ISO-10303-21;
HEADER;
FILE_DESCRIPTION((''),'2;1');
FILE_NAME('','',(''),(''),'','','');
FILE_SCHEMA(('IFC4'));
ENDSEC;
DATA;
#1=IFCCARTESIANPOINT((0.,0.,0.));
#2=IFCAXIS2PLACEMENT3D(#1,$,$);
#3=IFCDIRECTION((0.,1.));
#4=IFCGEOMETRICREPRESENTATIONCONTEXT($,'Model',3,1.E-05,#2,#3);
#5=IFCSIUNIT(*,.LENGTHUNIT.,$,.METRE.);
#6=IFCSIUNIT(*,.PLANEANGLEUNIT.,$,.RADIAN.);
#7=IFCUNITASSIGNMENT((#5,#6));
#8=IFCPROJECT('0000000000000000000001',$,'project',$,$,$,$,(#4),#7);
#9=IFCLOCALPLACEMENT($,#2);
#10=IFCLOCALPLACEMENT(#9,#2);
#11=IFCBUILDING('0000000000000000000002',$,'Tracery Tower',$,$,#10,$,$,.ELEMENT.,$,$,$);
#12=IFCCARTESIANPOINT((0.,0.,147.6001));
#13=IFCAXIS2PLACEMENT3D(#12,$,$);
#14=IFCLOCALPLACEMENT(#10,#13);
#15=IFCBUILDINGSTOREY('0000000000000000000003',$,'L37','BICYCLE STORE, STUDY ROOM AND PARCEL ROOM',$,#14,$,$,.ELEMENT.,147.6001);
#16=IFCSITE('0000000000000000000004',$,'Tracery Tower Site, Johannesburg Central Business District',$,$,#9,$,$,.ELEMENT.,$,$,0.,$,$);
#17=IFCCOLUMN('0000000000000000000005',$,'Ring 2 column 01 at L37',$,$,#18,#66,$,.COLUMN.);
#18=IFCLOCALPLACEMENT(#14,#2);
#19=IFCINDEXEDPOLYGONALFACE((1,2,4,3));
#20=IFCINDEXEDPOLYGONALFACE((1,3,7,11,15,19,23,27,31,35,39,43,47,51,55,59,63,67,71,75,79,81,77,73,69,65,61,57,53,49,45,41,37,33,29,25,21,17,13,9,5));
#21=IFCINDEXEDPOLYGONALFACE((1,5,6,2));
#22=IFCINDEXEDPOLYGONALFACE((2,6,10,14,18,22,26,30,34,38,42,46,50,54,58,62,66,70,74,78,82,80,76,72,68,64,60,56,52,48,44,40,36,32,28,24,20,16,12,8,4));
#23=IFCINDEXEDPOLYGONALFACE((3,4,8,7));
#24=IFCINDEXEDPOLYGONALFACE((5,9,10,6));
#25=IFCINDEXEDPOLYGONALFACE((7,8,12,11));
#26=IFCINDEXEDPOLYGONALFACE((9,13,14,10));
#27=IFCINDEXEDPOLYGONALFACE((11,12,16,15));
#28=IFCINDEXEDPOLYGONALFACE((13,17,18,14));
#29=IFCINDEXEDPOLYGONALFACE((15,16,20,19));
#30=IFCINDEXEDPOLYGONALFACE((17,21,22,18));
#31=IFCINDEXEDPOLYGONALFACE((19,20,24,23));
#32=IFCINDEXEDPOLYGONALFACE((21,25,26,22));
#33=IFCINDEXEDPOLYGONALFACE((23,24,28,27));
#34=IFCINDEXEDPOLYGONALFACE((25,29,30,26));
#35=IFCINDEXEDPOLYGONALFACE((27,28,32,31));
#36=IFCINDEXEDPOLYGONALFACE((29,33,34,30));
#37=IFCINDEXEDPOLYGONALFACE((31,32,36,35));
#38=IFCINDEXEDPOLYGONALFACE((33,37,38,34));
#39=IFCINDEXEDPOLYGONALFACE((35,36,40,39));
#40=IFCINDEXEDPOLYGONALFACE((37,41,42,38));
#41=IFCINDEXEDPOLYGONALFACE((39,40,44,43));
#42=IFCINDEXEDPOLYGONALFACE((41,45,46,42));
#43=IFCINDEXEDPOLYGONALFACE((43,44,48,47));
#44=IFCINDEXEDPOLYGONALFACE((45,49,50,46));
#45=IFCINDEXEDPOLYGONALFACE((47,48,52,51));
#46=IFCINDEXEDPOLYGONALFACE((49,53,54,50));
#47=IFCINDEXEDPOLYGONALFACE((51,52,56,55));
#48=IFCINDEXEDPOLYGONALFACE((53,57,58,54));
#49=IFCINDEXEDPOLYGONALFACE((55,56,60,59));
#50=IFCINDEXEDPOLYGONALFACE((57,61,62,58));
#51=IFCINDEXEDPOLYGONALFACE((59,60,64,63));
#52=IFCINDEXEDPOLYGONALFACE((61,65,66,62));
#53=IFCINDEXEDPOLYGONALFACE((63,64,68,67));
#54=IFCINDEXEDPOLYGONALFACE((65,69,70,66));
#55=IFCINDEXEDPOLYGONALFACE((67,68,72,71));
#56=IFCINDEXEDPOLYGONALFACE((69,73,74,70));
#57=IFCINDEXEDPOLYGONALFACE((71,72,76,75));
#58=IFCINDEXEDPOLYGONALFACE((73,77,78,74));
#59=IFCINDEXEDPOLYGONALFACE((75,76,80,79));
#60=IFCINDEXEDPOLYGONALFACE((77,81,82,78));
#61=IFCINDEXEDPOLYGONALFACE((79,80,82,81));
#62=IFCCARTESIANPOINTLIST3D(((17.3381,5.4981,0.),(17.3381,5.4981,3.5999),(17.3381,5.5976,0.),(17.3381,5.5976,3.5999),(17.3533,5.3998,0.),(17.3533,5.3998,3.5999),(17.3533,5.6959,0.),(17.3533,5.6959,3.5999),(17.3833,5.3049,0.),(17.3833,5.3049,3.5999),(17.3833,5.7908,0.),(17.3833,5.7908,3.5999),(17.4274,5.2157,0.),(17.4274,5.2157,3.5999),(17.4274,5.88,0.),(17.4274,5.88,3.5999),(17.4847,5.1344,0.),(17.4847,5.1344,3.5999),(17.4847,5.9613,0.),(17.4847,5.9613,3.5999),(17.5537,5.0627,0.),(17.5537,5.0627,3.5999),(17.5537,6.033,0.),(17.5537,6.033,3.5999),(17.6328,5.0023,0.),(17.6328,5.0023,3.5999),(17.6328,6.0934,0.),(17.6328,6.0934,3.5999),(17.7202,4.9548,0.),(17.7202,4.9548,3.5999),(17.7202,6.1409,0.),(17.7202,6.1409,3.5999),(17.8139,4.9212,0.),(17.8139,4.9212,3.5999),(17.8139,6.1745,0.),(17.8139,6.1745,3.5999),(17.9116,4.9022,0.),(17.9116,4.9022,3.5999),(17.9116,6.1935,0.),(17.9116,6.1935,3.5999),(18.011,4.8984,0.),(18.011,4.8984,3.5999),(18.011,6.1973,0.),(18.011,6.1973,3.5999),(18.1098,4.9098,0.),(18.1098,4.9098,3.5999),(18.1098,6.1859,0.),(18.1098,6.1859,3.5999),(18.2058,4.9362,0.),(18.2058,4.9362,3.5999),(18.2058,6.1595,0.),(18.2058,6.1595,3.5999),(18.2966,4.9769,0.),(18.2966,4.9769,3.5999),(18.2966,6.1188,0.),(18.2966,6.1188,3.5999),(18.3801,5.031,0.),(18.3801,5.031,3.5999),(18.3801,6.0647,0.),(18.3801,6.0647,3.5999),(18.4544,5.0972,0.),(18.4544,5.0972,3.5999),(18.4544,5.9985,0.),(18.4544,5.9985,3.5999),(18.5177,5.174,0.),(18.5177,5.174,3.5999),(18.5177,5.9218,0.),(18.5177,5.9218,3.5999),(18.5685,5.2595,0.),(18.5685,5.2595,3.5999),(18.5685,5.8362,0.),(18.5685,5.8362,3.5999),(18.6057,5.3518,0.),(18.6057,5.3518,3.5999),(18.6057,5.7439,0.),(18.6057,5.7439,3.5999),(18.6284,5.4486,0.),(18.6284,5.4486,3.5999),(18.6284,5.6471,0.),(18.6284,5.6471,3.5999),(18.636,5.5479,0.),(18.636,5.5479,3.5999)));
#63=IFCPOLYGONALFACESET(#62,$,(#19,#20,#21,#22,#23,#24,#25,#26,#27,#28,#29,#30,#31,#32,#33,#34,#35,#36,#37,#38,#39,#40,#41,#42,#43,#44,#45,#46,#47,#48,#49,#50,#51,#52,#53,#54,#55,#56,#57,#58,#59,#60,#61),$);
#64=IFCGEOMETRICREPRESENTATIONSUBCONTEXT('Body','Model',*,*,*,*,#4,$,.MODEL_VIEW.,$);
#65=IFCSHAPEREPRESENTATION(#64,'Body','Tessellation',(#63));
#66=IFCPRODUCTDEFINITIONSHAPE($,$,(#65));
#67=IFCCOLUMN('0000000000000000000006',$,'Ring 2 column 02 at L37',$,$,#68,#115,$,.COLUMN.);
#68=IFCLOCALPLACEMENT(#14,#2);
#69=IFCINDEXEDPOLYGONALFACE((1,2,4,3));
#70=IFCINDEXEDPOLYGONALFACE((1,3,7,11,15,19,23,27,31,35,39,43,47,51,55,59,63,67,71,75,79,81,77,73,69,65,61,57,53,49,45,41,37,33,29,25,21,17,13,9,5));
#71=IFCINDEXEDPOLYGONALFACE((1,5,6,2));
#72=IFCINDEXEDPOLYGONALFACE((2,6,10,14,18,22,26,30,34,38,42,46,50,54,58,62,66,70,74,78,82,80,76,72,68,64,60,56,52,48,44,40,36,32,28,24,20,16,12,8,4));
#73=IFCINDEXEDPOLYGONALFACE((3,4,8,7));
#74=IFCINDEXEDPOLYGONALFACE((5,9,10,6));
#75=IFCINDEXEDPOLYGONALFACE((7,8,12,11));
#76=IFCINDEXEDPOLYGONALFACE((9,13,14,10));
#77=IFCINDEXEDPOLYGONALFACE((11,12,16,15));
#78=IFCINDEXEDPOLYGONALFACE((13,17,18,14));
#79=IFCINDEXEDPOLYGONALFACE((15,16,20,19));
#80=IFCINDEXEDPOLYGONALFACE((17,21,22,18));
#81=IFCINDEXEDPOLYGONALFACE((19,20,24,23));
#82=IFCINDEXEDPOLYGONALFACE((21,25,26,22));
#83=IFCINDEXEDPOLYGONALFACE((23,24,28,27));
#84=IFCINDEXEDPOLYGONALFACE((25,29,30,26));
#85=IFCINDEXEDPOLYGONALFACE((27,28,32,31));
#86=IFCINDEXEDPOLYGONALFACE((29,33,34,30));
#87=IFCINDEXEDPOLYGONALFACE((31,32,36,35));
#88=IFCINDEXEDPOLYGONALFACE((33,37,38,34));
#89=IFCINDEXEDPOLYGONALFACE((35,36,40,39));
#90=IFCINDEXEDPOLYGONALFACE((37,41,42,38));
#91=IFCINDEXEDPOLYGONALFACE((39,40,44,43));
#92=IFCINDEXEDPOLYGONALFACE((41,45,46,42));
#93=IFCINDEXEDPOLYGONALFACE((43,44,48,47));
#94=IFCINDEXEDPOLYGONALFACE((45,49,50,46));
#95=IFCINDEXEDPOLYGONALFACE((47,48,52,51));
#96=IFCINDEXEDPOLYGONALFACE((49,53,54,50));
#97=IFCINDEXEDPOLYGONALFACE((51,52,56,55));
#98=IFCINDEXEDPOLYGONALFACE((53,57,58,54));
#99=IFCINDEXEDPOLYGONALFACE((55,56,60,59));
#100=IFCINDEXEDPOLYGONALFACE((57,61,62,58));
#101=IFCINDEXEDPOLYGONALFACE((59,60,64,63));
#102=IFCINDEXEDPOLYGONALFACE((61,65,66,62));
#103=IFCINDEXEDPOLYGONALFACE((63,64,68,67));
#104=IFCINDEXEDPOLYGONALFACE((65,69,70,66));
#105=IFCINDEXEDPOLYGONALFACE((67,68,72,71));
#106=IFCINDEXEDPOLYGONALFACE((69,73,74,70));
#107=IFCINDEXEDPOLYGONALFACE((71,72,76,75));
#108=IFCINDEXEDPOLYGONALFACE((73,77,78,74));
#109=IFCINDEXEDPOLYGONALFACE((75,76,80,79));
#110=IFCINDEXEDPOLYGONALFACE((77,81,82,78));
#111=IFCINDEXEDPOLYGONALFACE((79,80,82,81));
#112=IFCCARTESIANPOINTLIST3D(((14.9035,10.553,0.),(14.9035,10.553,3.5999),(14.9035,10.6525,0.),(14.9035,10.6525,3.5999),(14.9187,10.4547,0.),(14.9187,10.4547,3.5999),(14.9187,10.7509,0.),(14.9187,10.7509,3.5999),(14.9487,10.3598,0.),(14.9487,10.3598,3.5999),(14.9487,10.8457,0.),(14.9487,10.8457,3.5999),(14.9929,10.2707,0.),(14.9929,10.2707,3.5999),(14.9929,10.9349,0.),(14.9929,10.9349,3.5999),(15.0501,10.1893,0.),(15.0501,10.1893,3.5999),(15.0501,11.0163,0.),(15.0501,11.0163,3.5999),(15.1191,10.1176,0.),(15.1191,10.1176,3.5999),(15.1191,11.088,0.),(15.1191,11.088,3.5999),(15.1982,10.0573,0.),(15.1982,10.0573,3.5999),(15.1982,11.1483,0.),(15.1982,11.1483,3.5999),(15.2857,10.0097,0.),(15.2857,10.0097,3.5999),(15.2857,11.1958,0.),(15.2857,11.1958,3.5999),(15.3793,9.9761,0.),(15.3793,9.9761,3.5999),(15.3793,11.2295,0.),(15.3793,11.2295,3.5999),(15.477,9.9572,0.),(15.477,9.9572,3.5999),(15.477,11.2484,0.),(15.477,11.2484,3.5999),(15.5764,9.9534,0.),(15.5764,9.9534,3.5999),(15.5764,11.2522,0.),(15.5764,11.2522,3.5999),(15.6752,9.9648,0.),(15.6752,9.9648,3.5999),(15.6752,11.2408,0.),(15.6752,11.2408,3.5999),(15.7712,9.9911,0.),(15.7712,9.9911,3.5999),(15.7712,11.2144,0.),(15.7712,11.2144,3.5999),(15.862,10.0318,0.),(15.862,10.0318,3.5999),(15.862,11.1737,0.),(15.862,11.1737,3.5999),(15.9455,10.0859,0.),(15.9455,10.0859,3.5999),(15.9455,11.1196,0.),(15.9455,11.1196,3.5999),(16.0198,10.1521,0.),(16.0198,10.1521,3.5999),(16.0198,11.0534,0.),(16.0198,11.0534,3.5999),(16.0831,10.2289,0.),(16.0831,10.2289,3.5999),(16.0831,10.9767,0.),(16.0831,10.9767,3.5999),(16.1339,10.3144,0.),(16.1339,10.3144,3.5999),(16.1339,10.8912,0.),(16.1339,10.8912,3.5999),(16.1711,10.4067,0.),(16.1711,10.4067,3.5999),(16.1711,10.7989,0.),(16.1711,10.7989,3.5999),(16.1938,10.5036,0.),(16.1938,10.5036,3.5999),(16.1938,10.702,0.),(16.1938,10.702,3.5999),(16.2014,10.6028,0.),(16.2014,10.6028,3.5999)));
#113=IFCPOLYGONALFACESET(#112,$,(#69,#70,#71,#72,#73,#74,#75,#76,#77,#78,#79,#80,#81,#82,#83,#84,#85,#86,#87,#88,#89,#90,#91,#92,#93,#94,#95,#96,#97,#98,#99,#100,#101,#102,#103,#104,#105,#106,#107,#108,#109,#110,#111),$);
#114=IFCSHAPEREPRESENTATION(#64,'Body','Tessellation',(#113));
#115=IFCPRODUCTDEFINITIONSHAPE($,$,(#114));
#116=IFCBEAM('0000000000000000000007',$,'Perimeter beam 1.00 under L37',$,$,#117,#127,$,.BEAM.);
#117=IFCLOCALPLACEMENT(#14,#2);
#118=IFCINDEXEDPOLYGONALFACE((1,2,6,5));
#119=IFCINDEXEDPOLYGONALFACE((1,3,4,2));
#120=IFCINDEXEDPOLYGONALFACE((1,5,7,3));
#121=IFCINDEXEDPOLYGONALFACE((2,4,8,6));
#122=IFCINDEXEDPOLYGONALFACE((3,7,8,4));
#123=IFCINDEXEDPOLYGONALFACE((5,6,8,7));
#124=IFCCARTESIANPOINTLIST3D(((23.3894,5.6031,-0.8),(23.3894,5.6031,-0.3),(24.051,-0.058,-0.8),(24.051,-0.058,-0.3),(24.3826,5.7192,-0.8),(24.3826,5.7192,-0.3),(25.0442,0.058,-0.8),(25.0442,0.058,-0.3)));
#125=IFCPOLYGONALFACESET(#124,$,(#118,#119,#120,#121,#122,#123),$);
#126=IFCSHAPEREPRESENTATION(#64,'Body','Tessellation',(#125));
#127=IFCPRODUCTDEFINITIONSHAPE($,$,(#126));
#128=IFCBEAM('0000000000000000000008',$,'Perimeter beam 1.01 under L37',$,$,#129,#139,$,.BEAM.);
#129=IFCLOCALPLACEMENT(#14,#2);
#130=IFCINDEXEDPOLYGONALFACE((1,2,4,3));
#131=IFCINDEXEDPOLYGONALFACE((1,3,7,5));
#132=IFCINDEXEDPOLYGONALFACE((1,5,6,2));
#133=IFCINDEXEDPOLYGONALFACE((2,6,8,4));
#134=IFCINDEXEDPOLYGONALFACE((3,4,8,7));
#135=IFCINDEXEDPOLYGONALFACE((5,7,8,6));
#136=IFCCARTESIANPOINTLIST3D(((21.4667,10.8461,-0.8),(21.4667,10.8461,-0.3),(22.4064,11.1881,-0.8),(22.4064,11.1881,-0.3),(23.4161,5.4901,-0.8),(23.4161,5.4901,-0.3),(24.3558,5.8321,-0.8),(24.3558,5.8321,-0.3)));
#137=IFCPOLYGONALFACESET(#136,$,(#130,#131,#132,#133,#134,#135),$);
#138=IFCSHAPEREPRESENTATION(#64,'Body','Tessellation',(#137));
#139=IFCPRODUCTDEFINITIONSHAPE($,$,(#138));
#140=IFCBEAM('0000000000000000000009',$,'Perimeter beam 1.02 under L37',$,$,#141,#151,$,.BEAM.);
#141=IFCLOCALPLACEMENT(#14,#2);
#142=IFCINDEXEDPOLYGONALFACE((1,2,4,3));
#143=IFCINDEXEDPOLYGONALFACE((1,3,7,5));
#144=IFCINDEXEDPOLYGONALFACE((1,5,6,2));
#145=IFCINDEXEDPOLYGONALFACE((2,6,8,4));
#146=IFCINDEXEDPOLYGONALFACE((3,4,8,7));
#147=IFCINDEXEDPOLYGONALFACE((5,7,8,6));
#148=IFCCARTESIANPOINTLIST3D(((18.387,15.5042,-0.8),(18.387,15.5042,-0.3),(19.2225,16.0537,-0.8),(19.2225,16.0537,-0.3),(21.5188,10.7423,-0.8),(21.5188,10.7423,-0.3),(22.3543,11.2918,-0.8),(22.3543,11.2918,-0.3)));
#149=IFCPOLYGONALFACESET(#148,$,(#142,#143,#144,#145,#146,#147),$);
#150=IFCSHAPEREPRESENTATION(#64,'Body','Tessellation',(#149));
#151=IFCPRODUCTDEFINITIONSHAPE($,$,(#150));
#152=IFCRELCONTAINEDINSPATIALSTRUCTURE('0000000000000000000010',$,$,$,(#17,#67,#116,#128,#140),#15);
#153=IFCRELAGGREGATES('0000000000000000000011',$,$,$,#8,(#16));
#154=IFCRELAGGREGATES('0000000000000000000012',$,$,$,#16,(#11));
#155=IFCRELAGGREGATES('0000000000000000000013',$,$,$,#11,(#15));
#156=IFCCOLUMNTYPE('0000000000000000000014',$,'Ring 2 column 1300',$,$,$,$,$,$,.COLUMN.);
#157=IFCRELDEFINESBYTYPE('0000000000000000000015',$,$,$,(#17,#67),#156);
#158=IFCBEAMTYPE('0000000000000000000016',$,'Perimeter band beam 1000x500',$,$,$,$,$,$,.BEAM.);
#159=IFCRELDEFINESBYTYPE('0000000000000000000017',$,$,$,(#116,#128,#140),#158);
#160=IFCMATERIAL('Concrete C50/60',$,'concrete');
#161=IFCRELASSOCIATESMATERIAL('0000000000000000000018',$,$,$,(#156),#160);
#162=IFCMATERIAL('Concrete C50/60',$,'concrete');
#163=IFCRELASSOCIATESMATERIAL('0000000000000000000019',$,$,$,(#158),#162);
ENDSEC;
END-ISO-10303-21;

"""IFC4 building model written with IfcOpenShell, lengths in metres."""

from ifc_helpers import new_model, si_unit, direction, frame, origin, origin_2d, place, context, subcontext, project, spatial, rectangle, circle, extrude, material, material_profile, profile_set, type_object, element, save


model = new_model("IFC4")

# Units and contexts
model_context = context("Model", 3, precision=1e-05, world=origin(), true_north=direction((0.0, 1.0)))
body_context = subcontext(model_context, "Body", "Model", "MODEL_VIEW")
ifc_project = project(units=[si_unit("LENGTHUNIT", "METRE"), si_unit("PLANEANGLEUNIT", "RADIAN")], contexts=[model_context])

# Site, building, storey
site_placement = place(None, origin())
site = spatial("IfcSite", under=ifc_project, at=site_placement, Name="Tracery Tower Site, Johannesburg Central Business District", CompositionType="ELEMENT", RefElevation=0.0)
building_placement = place(site_placement, origin())
building = spatial("IfcBuilding", under=site, at=building_placement, Name="Tracery Tower", CompositionType="ELEMENT")
storey_placement = place(building_placement, frame((0.0, 0.0, 147.6001)))
storey = spatial("IfcBuildingStorey", under=building, at=storey_placement, Name="L37", Description="BICYCLE STORE, STUDY ROOM AND PARCEL ROOM", CompositionType="ELEMENT", Elevation=147.6001)

# Columns
ifc_material_1 = material(Name="Concrete C50/60", Category="concrete")
ifc_material_profile_1 = material_profile(ifc_material_1, circle(Radius=0.6499, at=origin_2d()), Name="RC D1300")
ifc_profile_set_1 = profile_set([ifc_material_profile_1], Name="Concrete C50/60")
column_type_1 = type_object("IfcColumnType", Name="Ring 2 column 1300", PredefinedType="COLUMN", material=ifc_profile_set_1)
for number, where, z_axis, x_axis, name in (
    (1, (17.9861, 5.5479, 0.0), (0.0, 0.0, 1.0), (1.0, 0.0, 0.0), "Ring 2 column 01 at L37"),
    (2, (15.5515, 10.6028, 0.0), (0.0, 0.0, 1.0), (1.0, 0.0, 0.0), "Ring 2 column 02 at L37"),
):
    element("IfcColumn", number, at=place(storey_placement, frame(where, z_axis=z_axis, x_axis=x_axis)), inside=storey, type_object=column_type_1, Name=name, PredefinedType="COLUMN", context=body_context, shape_type="SweptSolid", body=[
        extrude(circle(Radius=0.6499, at=origin_2d()), origin(), (0.0, 0.0, 1.0), 3.5999),
    ])

# Beams
ifc_material_2 = material(Name="Concrete C50/60", Category="concrete")
ifc_material_profile_2 = material_profile(ifc_material_2, rectangle(XDim=1.0, YDim=0.5, at=origin_2d()), Name="RC 1000x500")
ifc_profile_set_2 = profile_set([ifc_material_profile_2], Name="Concrete C50/60")
beam_type = type_object("IfcBeamType", Name="Perimeter band beam 1000x500", PredefinedType="BEAM", material=ifc_profile_set_2)
for number, where, z_axis, x_axis, name in (
    (3, (24.5476, 0.0, -0.55), (-0.116081, 0.99324, 0.0), (-0.99324, -0.116081, 0.0), "Perimeter beam 1.00 under L37"),
    (4, (23.886, 5.6611, -0.55), (-0.342029, 0.93969, 0.0), (-0.93969, -0.342029, 0.0), "Perimeter beam 1.01 under L37"),
):
    element("IfcBeam", number, at=place(storey_placement, frame(where, z_axis=z_axis, x_axis=x_axis)), inside=storey, type_object=beam_type, Name=name, PredefinedType="BEAM", context=body_context, shape_type="SweptSolid", body=[
        extrude(rectangle(XDim=1.0, YDim=0.5, at=origin_2d()), origin(), (0.0, 0.0, 1.0), 5.6997),
    ])
beam_placement = place(storey_placement, frame((21.9365, 11.0171, -0.55), z_axis=(-0.54949, 0.8355, 0.0), x_axis=(-0.8355, -0.54949, 0.0)))
element("IfcBeam", 5, at=beam_placement, inside=storey, type_object=beam_type, Name="Perimeter beam 1.02 under L37", PredefinedType="BEAM", context=body_context, shape_type="SweptSolid", body=[
    extrude(rectangle(XDim=1.0, YDim=0.5, at=origin_2d()), origin(), (0.0, 0.0, 1.0), 5.6995),
])

save(model, "model.ifc")
